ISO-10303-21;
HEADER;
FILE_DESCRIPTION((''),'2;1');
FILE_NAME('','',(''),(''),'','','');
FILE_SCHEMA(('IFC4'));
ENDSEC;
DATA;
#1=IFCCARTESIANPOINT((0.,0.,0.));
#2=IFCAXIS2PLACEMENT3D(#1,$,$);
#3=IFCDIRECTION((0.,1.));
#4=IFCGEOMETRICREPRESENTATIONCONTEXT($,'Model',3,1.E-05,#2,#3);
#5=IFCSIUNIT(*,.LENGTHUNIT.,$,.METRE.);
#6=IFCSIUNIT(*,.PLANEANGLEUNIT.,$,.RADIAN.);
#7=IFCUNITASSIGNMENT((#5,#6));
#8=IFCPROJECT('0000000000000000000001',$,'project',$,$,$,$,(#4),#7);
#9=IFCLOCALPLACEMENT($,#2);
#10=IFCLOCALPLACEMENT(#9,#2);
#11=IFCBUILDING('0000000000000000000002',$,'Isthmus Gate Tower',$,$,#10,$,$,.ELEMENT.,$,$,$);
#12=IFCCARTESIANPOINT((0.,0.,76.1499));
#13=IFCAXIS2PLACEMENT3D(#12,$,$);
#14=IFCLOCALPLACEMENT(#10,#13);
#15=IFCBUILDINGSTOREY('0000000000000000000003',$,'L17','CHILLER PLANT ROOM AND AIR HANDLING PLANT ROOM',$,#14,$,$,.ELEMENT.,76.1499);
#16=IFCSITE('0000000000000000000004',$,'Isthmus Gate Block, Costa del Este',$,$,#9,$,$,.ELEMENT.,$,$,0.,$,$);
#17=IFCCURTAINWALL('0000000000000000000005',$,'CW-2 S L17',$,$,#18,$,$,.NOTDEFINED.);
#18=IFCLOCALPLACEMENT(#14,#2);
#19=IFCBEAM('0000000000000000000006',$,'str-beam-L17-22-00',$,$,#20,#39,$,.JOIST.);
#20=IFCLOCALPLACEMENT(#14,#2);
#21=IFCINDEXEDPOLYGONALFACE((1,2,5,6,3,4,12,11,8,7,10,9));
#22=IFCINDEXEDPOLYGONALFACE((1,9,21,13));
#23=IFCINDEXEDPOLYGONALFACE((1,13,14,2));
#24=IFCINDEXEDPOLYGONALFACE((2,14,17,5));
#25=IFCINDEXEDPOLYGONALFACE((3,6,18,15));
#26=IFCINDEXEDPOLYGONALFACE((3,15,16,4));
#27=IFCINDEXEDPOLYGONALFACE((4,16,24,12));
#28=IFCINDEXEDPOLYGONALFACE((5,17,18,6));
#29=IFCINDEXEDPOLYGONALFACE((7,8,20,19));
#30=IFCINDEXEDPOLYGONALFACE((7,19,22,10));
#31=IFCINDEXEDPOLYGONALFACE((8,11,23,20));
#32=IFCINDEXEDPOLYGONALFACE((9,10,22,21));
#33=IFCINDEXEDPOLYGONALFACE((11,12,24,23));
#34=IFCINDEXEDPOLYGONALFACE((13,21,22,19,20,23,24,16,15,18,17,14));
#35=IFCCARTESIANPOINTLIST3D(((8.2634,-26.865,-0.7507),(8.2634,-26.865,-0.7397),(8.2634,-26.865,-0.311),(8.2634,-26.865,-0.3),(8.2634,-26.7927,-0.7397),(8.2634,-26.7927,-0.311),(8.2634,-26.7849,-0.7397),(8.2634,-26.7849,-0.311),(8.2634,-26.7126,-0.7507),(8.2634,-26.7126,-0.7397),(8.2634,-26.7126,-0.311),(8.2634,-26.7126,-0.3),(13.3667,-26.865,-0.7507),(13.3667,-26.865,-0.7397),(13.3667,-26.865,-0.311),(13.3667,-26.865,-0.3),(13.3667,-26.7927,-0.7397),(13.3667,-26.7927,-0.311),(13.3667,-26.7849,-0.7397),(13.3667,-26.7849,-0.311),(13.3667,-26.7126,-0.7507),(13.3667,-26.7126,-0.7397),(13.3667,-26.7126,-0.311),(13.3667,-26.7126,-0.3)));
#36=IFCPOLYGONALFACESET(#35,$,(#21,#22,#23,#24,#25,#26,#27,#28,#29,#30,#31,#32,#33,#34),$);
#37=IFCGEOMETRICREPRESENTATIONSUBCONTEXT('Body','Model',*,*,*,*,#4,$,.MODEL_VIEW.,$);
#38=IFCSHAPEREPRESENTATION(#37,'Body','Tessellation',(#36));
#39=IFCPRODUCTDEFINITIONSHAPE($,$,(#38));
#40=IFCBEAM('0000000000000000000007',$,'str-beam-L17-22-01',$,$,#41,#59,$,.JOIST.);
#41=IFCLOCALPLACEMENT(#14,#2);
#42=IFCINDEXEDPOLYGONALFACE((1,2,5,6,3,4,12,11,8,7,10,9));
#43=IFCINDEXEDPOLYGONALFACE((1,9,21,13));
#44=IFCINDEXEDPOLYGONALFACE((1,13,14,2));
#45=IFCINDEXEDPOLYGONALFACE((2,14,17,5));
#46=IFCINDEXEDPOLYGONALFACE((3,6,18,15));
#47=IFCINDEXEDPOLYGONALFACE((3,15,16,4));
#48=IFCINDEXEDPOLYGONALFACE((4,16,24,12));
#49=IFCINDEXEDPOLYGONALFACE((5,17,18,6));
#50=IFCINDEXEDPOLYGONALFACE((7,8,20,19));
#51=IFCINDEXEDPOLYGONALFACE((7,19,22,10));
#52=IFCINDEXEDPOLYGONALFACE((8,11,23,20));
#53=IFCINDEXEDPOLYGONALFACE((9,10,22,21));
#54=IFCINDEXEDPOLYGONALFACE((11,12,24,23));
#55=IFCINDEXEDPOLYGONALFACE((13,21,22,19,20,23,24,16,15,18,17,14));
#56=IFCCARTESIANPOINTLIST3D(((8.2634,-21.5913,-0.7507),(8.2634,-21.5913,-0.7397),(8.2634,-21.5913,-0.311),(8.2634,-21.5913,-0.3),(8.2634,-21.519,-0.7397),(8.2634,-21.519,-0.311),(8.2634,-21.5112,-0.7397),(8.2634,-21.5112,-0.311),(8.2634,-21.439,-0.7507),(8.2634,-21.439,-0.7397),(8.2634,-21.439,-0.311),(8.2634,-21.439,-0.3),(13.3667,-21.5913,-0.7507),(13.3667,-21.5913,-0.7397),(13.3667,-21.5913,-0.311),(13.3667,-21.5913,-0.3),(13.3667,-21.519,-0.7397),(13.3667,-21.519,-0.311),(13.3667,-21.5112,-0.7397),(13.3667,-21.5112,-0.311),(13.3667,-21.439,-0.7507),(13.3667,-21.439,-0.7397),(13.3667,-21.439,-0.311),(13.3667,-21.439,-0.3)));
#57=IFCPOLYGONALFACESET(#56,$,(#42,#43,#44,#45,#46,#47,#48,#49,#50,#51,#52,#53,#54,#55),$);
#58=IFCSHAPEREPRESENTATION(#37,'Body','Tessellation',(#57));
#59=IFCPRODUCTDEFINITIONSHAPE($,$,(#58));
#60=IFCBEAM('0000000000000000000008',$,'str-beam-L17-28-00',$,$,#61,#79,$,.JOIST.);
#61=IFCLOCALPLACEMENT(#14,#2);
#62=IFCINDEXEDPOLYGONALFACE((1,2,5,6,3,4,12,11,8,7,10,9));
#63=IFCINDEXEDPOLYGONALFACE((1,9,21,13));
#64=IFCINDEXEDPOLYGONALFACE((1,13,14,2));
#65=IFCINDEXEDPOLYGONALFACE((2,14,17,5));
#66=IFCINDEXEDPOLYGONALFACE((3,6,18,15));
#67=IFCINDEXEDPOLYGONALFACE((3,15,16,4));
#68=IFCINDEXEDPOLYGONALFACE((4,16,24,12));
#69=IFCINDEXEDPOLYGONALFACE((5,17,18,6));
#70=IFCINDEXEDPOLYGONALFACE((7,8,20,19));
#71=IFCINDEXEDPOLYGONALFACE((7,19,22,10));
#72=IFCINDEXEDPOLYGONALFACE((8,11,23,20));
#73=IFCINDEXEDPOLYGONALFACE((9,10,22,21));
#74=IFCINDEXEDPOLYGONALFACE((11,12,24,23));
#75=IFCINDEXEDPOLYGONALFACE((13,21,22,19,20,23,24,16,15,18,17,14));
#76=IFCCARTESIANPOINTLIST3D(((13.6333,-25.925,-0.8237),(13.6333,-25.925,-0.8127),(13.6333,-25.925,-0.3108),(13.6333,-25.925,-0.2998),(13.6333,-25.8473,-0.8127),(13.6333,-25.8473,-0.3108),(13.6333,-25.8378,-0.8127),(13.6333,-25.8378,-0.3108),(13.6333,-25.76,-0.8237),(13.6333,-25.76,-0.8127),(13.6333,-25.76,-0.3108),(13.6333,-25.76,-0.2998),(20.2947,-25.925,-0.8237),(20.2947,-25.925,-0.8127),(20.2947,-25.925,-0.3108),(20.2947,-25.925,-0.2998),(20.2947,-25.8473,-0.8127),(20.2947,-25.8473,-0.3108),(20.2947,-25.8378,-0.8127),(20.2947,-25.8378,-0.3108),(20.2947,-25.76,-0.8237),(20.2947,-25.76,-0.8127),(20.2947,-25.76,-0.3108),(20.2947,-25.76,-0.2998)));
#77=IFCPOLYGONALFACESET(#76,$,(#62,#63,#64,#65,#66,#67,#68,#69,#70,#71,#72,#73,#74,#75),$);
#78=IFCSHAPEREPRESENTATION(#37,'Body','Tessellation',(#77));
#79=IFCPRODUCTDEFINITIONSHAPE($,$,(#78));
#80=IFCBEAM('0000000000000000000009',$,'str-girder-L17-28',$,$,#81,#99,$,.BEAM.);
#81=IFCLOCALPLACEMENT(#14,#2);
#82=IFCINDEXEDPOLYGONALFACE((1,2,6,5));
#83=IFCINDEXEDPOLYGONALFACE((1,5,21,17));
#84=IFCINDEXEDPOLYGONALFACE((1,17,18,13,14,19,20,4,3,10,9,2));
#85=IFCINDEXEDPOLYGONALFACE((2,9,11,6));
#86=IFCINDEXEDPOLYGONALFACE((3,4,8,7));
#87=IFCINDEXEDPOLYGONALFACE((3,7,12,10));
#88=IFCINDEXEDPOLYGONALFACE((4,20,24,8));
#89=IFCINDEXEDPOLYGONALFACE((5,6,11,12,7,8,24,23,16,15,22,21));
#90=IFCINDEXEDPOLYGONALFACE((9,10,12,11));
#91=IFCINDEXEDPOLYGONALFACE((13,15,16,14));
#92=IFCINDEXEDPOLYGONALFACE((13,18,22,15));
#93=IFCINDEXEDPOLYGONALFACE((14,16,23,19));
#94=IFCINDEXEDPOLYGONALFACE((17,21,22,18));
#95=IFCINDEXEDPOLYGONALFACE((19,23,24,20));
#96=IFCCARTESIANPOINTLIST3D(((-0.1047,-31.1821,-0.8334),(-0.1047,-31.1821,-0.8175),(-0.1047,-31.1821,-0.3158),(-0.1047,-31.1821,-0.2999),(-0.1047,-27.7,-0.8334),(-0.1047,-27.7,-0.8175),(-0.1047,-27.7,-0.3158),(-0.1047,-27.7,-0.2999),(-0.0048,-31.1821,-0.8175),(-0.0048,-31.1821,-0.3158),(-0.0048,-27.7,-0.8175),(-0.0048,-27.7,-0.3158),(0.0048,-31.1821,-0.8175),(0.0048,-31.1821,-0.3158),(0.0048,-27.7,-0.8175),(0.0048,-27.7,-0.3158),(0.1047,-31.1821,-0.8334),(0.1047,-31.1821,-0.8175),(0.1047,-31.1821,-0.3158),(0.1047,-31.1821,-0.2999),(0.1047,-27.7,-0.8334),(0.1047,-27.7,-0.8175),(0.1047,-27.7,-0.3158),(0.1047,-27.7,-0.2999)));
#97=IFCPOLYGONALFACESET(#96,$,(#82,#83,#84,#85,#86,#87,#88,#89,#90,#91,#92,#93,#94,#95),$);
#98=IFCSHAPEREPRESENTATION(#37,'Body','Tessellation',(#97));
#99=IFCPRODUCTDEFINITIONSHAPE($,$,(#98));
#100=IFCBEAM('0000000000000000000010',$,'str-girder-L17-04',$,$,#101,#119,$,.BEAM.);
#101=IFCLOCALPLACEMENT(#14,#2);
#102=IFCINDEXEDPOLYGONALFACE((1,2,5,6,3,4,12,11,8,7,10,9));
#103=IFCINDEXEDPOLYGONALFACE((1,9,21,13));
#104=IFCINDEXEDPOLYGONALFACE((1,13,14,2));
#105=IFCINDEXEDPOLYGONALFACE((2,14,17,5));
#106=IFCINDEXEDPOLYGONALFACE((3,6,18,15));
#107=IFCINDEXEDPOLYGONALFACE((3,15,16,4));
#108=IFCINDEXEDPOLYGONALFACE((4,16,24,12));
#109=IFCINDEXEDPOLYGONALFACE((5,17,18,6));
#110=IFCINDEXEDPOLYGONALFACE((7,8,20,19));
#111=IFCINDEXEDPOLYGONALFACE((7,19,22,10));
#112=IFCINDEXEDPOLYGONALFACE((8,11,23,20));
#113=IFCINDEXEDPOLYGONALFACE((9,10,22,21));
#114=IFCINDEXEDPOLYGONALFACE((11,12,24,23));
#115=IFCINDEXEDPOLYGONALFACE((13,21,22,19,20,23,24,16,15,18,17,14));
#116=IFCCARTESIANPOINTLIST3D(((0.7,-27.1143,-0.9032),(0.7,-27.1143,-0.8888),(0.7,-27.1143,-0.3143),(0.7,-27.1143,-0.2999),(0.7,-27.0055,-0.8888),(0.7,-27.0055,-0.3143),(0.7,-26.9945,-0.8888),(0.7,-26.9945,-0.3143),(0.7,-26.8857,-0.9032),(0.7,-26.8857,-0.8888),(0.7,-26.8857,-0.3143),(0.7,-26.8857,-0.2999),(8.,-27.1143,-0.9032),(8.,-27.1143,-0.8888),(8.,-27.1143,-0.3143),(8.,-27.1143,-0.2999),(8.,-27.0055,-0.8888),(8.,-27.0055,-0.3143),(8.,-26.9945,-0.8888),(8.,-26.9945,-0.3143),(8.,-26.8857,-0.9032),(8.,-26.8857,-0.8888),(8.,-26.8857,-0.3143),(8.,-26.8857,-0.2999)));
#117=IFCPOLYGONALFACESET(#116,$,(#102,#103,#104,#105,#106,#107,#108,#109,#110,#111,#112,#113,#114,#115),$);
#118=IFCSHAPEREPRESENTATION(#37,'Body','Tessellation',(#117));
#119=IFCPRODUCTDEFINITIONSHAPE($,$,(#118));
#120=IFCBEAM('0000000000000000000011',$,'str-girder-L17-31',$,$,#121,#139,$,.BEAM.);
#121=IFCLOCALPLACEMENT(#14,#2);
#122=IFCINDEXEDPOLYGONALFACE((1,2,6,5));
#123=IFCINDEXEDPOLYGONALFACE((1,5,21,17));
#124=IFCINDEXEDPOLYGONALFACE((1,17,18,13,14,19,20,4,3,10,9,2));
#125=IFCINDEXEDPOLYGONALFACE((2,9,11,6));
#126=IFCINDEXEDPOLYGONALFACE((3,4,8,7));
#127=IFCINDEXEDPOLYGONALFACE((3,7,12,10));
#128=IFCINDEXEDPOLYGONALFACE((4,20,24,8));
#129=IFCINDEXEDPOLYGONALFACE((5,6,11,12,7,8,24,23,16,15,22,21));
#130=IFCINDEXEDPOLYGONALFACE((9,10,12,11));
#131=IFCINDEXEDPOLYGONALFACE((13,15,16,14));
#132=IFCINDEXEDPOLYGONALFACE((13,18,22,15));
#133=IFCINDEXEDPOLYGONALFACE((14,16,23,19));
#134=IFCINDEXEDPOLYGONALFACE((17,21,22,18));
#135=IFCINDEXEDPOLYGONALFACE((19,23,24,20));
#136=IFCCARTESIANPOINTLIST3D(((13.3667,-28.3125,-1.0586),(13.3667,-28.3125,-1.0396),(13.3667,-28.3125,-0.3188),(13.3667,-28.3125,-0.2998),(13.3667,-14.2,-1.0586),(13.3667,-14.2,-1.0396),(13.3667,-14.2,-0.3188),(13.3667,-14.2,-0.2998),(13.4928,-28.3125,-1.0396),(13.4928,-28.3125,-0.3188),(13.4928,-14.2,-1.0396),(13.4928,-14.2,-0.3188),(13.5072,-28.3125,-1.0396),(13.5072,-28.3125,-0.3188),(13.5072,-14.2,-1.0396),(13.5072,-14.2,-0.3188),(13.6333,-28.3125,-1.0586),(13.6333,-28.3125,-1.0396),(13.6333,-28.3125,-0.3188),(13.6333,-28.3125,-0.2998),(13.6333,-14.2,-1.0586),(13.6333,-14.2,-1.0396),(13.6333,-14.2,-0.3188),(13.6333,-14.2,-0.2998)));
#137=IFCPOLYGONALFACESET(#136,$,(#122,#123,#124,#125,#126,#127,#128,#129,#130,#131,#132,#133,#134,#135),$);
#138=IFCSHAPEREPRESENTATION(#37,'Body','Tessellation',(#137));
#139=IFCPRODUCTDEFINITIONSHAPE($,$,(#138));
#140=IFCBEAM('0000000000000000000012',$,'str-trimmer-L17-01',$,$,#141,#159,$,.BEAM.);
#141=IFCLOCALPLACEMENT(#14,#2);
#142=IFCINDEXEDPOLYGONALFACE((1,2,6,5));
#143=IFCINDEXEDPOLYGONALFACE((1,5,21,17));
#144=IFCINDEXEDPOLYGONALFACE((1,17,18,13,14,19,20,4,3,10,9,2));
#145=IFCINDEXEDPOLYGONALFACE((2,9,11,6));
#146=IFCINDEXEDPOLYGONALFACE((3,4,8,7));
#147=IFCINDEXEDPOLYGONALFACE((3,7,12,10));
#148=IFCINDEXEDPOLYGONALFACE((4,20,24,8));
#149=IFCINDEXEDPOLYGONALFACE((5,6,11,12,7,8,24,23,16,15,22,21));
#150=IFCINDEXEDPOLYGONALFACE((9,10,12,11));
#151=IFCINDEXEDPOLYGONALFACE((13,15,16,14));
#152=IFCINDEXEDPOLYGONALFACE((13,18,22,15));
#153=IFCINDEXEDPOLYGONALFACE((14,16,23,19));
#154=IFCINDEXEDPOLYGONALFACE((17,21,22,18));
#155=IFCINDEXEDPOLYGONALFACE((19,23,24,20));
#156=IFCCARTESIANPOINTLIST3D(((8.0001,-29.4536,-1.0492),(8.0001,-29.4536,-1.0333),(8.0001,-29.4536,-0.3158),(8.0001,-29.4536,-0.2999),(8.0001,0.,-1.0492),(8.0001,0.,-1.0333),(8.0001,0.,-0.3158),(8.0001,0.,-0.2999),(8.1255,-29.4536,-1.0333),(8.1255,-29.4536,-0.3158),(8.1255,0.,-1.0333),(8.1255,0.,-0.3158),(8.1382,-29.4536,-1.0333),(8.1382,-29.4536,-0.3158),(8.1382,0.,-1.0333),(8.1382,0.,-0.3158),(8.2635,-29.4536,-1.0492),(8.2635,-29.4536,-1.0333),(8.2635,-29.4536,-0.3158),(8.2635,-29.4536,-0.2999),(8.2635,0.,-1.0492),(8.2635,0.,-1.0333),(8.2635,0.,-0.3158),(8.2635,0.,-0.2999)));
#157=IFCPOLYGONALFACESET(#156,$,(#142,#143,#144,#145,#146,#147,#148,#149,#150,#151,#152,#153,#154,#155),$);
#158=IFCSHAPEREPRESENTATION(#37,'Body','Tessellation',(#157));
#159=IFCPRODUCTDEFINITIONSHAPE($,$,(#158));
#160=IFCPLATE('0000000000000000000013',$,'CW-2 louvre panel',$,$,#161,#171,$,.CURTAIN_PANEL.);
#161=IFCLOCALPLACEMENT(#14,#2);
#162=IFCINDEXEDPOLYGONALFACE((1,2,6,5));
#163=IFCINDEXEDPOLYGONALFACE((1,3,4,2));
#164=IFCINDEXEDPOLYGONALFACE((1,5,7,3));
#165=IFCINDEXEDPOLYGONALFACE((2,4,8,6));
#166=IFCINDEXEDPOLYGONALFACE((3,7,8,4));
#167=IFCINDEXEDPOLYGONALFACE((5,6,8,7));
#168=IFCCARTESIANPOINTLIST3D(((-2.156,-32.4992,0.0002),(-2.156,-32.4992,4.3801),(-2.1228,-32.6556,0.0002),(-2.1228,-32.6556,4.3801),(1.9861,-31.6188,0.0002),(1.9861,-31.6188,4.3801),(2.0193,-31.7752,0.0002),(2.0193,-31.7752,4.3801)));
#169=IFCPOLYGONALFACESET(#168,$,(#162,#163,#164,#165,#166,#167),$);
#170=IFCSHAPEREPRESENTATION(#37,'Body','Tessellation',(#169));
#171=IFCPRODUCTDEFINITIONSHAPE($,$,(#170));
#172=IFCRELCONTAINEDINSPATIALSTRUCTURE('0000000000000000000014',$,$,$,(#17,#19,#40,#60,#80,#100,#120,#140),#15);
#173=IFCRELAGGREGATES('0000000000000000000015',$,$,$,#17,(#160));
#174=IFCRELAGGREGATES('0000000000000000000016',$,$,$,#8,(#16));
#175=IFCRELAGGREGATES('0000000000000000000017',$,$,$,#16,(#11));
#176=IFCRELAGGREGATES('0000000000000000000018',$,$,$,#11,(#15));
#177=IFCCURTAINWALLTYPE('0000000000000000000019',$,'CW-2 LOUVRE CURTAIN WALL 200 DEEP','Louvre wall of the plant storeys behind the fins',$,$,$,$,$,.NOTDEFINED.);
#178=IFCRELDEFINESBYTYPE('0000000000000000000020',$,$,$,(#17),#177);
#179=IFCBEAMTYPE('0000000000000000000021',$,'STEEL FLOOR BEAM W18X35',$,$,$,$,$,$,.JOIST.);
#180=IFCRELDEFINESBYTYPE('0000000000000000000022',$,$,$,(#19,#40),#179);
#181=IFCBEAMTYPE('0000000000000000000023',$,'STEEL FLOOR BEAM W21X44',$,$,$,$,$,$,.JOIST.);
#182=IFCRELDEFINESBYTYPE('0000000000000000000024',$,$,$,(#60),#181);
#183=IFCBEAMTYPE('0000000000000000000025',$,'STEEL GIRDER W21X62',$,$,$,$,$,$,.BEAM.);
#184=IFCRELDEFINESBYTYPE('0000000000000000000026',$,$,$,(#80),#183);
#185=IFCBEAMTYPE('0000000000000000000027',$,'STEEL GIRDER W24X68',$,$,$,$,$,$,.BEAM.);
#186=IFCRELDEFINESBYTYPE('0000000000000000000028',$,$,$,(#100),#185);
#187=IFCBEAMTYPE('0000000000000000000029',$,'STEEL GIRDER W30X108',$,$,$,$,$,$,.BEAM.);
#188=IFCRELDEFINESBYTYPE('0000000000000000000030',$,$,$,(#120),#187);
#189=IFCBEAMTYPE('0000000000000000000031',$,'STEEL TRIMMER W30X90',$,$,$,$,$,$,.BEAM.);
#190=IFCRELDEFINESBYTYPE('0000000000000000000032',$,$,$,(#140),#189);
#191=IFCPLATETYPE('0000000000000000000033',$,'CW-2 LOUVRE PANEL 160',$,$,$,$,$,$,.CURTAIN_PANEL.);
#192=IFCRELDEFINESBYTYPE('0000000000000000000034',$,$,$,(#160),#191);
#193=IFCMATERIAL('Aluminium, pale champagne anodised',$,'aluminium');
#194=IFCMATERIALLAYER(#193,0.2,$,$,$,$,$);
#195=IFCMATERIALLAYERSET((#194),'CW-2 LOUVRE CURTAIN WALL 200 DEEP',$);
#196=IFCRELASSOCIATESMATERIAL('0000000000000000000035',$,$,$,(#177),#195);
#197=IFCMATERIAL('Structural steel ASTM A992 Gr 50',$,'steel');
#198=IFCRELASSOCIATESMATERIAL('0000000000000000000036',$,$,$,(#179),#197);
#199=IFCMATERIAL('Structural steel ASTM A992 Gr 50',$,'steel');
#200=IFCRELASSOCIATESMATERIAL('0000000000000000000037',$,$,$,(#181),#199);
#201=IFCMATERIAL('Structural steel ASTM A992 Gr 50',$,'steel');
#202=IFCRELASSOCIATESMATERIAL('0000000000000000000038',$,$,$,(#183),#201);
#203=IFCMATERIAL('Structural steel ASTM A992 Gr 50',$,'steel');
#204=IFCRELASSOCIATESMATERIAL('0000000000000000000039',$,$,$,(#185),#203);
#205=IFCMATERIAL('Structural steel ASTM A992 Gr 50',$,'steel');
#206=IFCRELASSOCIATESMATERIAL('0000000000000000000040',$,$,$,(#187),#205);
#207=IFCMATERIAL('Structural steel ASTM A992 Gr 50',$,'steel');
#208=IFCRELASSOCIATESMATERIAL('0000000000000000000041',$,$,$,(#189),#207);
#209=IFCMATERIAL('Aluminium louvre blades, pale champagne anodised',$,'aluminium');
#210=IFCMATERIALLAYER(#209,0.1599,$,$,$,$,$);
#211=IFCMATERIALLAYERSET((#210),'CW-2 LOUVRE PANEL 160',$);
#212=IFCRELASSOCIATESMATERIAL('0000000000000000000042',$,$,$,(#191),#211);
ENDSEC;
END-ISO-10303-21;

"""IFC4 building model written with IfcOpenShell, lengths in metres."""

from ifc_helpers import new_model, si_unit, direction, frame, origin, origin_2d, place, context, subcontext, project, spatial, rectangle, i_section, extrude, material, layer, layer_set, material_profile, profile_set, type_object, element, aggregate, save


model = new_model("IFC4")

# Units and contexts
model_context = context("Model", 3, precision=1e-05, world=origin(), true_north=direction((0.0, 1.0)))
body_context = subcontext(model_context, "Body", "Model", "MODEL_VIEW")
ifc_project = project(units=[si_unit("LENGTHUNIT", "METRE"), si_unit("PLANEANGLEUNIT", "RADIAN")], contexts=[model_context])

# Site, building, storey
site_placement = place(None, origin())
site = spatial("IfcSite", under=ifc_project, at=site_placement, Name="Isthmus Gate Block, Costa del Este", CompositionType="ELEMENT", RefElevation=0.0)
building_placement = place(site_placement, origin())
building = spatial("IfcBuilding", under=site, at=building_placement, Name="Isthmus Gate Tower", CompositionType="ELEMENT")
storey_placement = place(building_placement, frame((0.0, 0.0, 76.1499)))
storey = spatial("IfcBuildingStorey", under=building, at=storey_placement, Name="L17", Description="CHILLER PLANT ROOM AND AIR HANDLING PLANT ROOM", CompositionType="ELEMENT", Elevation=76.1499)

# Curtain wall
ifc_material_1 = material(Name="Aluminium, pale champagne anodised", Category="aluminium")
ifc_layer_1 = layer(ifc_material_1, 0.2)
ifc_layer_set_1 = layer_set([ifc_layer_1], Name="CW-2 LOUVRE CURTAIN WALL 200 DEEP")
curtain_wall_type = type_object("IfcCurtainWallType", Name="CW-2 LOUVRE CURTAIN WALL 200 DEEP", Description="Louvre wall of the plant storeys behind the fins", PredefinedType="NOTDEFINED", material=ifc_layer_set_1)
curtain_wall_placement = place(storey_placement, origin())
curtain_wall = element("IfcCurtainWall", 1, at=curtain_wall_placement, inside=storey, type_object=curtain_wall_type, Name="CW-2 S L17", PredefinedType="NOTDEFINED")

# Beams
ifc_material_2 = material(Name="Structural steel ASTM A992 Gr 50", Category="steel")
ifc_material_profile_1 = material_profile(ifc_material_2, i_section(OverallWidth=0.1523, OverallDepth=0.4507, WebThickness=0.0078, FlangeThickness=0.011, at=origin_2d()), Name="W18X35")
ifc_profile_set_1 = profile_set([ifc_material_profile_1], Name="Structural steel ASTM A992 Gr 50")
beam_type_1 = type_object("IfcBeamType", Name="STEEL FLOOR BEAM W18X35", PredefinedType="JOIST", material=ifc_profile_set_1)
for number, where, z_axis, x_axis, name in (
    (2, (8.2634, -26.7888, -0.5254), (1.0, 0.0, 0.0), (0.0, 1.0, 0.0), "str-beam-L17-22-00"),
    (3, (8.2634, -21.5151, -0.5254), (1.0, 0.0, 0.0), (0.0, 1.0, 0.0), "str-beam-L17-22-01"),
):
    element("IfcBeam", number, at=place(storey_placement, frame(where, z_axis=z_axis, x_axis=x_axis)), inside=storey, type_object=beam_type_1, Name=name, PredefinedType="JOIST", context=body_context, shape_type="SweptSolid", body=[
        extrude(i_section(OverallWidth=0.1523, OverallDepth=0.4507, WebThickness=0.0078, FlangeThickness=0.011, at=origin_2d()), origin(), (0.0, 0.0, 1.0), 5.1033),
    ])
ifc_material_3 = material(Name="Structural steel ASTM A992 Gr 50", Category="steel")
ifc_material_profile_2 = material_profile(ifc_material_3, i_section(OverallWidth=0.165, OverallDepth=0.5239, WebThickness=0.0095, FlangeThickness=0.011, at=origin_2d()), Name="W21X44")
ifc_profile_set_2 = profile_set([ifc_material_profile_2], Name="Structural steel ASTM A992 Gr 50")
beam_type_2 = type_object("IfcBeamType", Name="STEEL FLOOR BEAM W21X44", PredefinedType="JOIST", material=ifc_profile_set_2)
beam_1_placement = place(storey_placement, frame((13.6333, -25.8425, -0.5618), z_axis=(1.0, 0.0, 0.0), x_axis=(0.0, 1.0, 0.0)))
element("IfcBeam", 4, at=beam_1_placement, inside=storey, type_object=beam_type_2, Name="str-beam-L17-28-00", PredefinedType="JOIST", context=body_context, shape_type="SweptSolid", body=[
    extrude(i_section(OverallWidth=0.165, OverallDepth=0.5239, WebThickness=0.0095, FlangeThickness=0.011, at=origin_2d()), origin(), (0.0, 0.0, 1.0), 6.6614),
])
ifc_material_4 = material(Name="Structural steel ASTM A992 Gr 50", Category="steel")
ifc_material_profile_3 = material_profile(ifc_material_4, i_section(OverallWidth=0.2095, OverallDepth=0.5334, WebThickness=0.0095, FlangeThickness=0.0159, at=origin_2d()), Name="W21X62")
ifc_profile_set_3 = profile_set([ifc_material_profile_3], Name="Structural steel ASTM A992 Gr 50")
beam_type_3 = type_object("IfcBeamType", Name="STEEL GIRDER W21X62", PredefinedType="BEAM", material=ifc_profile_set_3)
beam_2_placement = place(storey_placement, frame((0.0, -31.1821, -0.5667), z_axis=(0.0, 1.0, 0.0), x_axis=(-1.0, 0.0, 0.0)))
element("IfcBeam", 5, at=beam_2_placement, inside=storey, type_object=beam_type_3, Name="str-girder-L17-28", PredefinedType="BEAM", context=body_context, shape_type="SweptSolid", body=[
    extrude(i_section(OverallWidth=0.2095, OverallDepth=0.5334, WebThickness=0.0095, FlangeThickness=0.0159, at=origin_2d()), origin(), (0.0, 0.0, 1.0), 3.4822),
])
ifc_material_5 = material(Name="Structural steel ASTM A992 Gr 50", Category="steel")
ifc_material_profile_4 = material_profile(ifc_material_5, i_section(OverallWidth=0.2285, OverallDepth=0.6033, WebThickness=0.011, FlangeThickness=0.0144, at=origin_2d()), Name="W24X68")
ifc_profile_set_4 = profile_set([ifc_material_profile_4], Name="Structural steel ASTM A992 Gr 50")
beam_type_4 = type_object("IfcBeamType", Name="STEEL GIRDER W24X68", PredefinedType="BEAM", material=ifc_profile_set_4)
beam_3_placement = place(storey_placement, frame((0.7, -27.0, -0.6016), z_axis=(1.0, 0.0, 0.0), x_axis=(0.0, 1.0, 0.0)))
element("IfcBeam", 6, at=beam_3_placement, inside=storey, type_object=beam_type_4, Name="str-girder-L17-04", PredefinedType="BEAM", context=body_context, shape_type="SweptSolid", body=[
    extrude(i_section(OverallWidth=0.2285, OverallDepth=0.6033, WebThickness=0.011, FlangeThickness=0.0144, at=origin_2d()), origin(), (0.0, 0.0, 1.0), 7.3),
])
ifc_material_6 = material(Name="Structural steel ASTM A992 Gr 50", Category="steel")
ifc_material_profile_5 = material_profile(ifc_material_6, i_section(OverallWidth=0.2666, OverallDepth=0.7588, WebThickness=0.0144, FlangeThickness=0.019, at=origin_2d()), Name="W30X108")
ifc_profile_set_5 = profile_set([ifc_material_profile_5], Name="Structural steel ASTM A992 Gr 50")
beam_type_5 = type_object("IfcBeamType", Name="STEEL GIRDER W30X108", PredefinedType="BEAM", material=ifc_profile_set_5)
beam_4_placement = place(storey_placement, frame((13.5, -28.3125, -0.6792), z_axis=(0.0, 1.0, 0.0), x_axis=(-1.0, 0.0, 0.0)))
element("IfcBeam", 7, at=beam_4_placement, inside=storey, type_object=beam_type_5, Name="str-girder-L17-31", PredefinedType="BEAM", context=body_context, shape_type="SweptSolid", body=[
    extrude(i_section(OverallWidth=0.2666, OverallDepth=0.7588, WebThickness=0.0144, FlangeThickness=0.019, at=origin_2d()), origin(), (0.0, 0.0, 1.0), 14.1125),
])
ifc_material_7 = material(Name="Structural steel ASTM A992 Gr 50", Category="steel")
ifc_material_profile_6 = material_profile(ifc_material_7, i_section(OverallWidth=0.2634, OverallDepth=0.7493, WebThickness=0.0127, FlangeThickness=0.0159, at=origin_2d()), Name="W30X90")
ifc_profile_set_6 = profile_set([ifc_material_profile_6], Name="Structural steel ASTM A992 Gr 50")
beam_type_6 = type_object("IfcBeamType", Name="STEEL TRIMMER W30X90", PredefinedType="BEAM", material=ifc_profile_set_6)
beam_5_placement = place(storey_placement, frame((8.1318, -29.4536, -0.6746), z_axis=(0.0, 1.0, 0.0), x_axis=(-1.0, 0.0, 0.0)))
element("IfcBeam", 8, at=beam_5_placement, inside=storey, type_object=beam_type_6, Name="str-trimmer-L17-01", PredefinedType="BEAM", context=body_context, shape_type="SweptSolid", body=[
    extrude(i_section(OverallWidth=0.2634, OverallDepth=0.7493, WebThickness=0.0127, FlangeThickness=0.0159, at=origin_2d()), origin(), (0.0, 0.0, 1.0), 29.4536),
])

# Plate
ifc_material_8 = material(Name="Aluminium louvre blades, pale champagne anodised", Category="aluminium")
ifc_layer_2 = layer(ifc_material_8, 0.1599)
ifc_layer_set_2 = layer_set([ifc_layer_2], Name="CW-2 LOUVRE PANEL 160")
plate_type = type_object("IfcPlateType", Name="CW-2 LOUVRE PANEL 160", PredefinedType="CURTAIN_PANEL", material=ifc_layer_set_2)
plate_1_placement = place(storey_placement, frame((-0.0684, -32.1372, 0.0002), z_axis=(0.0, 0.0, 1.0), x_axis=(0.978148, 0.207912, 0.0)))
plate_1 = element("IfcPlate", 9, at=plate_1_placement, type_object=plate_type, Name="CW-2 louvre panel", PredefinedType="CURTAIN_PANEL", context=body_context, shape_type="SweptSolid", body=[
    extrude(rectangle(XDim=4.2346, YDim=0.1599, at=origin_2d()), origin(), (0.0, 0.0, 1.0), 4.3799),
])
aggregate(curtain_wall, [plate_1])

save(model, "model.ifc")
